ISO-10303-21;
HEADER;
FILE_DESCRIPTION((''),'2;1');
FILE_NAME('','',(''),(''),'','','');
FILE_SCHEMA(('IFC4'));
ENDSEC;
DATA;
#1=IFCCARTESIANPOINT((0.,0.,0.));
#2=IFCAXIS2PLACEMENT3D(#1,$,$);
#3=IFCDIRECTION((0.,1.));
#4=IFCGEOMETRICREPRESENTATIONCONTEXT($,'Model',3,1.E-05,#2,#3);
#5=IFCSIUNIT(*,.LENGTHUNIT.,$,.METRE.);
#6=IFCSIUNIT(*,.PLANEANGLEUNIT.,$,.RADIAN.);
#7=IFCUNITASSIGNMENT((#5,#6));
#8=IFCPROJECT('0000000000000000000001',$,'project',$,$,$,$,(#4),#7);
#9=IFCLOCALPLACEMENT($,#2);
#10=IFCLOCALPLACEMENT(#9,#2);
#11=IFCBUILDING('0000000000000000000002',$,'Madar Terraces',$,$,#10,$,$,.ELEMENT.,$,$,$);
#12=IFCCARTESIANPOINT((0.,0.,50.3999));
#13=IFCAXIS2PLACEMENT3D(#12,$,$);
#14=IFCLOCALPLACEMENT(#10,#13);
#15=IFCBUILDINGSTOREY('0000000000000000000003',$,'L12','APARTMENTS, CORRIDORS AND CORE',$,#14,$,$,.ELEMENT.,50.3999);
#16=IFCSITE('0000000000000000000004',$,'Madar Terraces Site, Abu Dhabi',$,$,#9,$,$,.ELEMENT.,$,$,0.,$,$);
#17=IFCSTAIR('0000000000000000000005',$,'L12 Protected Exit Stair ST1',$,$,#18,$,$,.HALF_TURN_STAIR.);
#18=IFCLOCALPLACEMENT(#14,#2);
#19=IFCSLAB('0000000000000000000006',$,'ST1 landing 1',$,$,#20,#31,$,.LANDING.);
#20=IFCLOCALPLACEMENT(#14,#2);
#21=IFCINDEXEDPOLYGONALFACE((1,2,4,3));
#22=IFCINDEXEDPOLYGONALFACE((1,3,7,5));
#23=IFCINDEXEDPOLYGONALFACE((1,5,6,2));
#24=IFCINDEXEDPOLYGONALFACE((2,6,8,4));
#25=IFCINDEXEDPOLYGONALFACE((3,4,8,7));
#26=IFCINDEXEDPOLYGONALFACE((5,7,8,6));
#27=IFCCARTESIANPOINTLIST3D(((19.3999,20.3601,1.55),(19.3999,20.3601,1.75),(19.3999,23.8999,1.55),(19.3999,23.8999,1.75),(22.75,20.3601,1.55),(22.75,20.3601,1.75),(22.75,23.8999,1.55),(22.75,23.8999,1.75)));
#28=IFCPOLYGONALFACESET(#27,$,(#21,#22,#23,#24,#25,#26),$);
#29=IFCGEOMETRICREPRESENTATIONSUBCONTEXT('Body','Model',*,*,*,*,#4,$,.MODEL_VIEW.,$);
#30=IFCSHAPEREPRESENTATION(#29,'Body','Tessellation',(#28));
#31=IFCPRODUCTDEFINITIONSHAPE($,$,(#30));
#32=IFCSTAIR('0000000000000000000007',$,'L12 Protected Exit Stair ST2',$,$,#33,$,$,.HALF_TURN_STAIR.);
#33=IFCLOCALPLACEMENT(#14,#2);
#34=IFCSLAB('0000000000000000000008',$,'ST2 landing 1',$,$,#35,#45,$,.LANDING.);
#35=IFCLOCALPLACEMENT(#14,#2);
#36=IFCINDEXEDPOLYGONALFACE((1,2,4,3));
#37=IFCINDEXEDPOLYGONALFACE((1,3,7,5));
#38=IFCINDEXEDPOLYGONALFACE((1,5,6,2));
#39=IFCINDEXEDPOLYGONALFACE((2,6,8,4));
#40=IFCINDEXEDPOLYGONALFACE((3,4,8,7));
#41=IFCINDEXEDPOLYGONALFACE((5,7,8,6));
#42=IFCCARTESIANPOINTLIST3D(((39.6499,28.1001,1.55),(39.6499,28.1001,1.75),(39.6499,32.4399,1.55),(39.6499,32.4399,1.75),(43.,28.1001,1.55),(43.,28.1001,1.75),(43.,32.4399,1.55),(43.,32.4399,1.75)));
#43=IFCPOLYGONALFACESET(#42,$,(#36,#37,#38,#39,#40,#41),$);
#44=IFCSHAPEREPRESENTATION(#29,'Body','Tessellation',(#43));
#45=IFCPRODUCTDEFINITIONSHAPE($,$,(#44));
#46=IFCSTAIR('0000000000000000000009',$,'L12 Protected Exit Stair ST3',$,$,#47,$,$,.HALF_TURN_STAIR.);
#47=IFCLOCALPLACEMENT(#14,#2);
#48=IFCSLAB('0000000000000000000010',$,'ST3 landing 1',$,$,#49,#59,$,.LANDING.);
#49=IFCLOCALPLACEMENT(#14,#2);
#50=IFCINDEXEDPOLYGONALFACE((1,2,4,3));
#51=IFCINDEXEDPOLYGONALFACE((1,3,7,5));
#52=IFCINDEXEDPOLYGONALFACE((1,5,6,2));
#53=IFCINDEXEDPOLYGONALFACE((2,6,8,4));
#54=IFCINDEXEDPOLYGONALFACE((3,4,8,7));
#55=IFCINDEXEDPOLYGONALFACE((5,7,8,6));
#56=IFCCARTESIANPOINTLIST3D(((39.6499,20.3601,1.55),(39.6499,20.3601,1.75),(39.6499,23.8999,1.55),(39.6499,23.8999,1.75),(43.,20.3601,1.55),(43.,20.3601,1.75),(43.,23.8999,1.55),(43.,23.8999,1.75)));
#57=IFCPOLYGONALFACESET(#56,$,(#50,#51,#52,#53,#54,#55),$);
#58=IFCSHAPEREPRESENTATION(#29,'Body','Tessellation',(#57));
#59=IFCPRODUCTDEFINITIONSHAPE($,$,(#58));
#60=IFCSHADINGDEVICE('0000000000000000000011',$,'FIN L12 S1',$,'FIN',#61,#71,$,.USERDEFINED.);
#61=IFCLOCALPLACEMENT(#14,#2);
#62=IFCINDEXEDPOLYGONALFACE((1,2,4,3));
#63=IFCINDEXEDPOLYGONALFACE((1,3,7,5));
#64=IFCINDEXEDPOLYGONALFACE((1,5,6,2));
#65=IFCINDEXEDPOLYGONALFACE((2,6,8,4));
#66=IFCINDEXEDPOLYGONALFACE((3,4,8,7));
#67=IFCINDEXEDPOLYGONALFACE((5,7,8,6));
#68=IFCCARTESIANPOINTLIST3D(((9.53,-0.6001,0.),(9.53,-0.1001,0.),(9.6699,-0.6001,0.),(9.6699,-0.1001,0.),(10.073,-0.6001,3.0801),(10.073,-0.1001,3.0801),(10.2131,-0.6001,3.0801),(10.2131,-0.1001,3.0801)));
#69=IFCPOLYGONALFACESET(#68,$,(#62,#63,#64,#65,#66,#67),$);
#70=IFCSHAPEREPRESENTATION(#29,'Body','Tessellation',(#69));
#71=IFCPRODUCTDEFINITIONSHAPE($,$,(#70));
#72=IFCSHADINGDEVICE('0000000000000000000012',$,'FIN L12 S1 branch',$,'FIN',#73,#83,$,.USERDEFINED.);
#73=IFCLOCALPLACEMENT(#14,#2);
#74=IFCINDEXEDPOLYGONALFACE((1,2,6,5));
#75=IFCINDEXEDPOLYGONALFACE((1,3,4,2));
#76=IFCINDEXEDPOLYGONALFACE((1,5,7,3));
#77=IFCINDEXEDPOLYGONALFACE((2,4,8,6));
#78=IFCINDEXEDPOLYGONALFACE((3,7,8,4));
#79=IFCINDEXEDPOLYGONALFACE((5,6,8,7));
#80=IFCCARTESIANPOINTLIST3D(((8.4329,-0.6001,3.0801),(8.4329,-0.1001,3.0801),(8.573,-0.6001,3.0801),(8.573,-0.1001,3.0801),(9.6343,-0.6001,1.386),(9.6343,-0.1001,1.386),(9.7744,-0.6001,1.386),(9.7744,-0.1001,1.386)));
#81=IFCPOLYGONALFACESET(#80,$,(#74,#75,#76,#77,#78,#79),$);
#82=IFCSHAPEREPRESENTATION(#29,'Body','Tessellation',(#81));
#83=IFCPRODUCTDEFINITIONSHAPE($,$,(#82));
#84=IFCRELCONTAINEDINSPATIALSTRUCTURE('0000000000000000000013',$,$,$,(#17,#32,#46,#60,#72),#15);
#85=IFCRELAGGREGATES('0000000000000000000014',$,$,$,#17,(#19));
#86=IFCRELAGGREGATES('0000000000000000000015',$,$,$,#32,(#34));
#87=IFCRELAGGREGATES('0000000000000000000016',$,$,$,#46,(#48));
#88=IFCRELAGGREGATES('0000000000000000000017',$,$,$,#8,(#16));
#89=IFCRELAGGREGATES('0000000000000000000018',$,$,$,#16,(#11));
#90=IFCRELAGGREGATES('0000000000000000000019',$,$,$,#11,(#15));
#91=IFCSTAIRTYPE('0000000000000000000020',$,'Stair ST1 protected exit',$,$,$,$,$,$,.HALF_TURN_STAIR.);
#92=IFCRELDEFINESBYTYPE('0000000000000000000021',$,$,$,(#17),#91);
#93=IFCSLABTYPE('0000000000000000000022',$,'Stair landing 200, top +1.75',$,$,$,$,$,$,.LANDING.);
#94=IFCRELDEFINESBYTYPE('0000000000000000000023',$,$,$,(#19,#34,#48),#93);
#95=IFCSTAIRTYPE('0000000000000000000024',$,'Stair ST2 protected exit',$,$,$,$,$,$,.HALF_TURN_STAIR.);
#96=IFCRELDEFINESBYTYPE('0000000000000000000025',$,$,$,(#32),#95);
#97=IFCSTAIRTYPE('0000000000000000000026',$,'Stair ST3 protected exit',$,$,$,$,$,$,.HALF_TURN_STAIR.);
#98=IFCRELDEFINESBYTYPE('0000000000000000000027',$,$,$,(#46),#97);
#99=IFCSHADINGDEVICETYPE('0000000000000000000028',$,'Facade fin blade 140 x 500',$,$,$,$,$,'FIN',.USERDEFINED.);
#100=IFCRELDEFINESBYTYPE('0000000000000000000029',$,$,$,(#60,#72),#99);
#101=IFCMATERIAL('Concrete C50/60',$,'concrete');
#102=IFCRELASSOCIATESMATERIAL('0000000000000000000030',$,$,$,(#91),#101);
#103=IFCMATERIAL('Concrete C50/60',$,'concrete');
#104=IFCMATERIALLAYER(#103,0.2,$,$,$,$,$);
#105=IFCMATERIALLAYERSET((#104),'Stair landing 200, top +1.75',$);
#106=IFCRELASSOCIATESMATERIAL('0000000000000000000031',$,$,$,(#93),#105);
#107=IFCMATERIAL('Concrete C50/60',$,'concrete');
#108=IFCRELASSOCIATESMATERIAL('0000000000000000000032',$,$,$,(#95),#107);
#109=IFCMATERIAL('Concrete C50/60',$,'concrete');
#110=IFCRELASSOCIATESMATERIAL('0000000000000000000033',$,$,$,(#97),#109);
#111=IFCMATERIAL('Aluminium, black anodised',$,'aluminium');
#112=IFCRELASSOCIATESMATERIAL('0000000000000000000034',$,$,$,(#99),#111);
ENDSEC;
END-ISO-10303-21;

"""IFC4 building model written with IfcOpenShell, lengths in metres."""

from ifc_helpers import new_model, si_unit, direction, frame, origin, place, context, subcontext, project, spatial, polyline, outline, extrude, material, layer, layer_set, type_object, element, aggregate, save


model = new_model("IFC4")

# Units and contexts
model_context = context("Model", 3, precision=1e-05, world=origin(), true_north=direction((0.0, 1.0)))
body_context = subcontext(model_context, "Body", "Model", "MODEL_VIEW")
ifc_project = project(units=[si_unit("LENGTHUNIT", "METRE"), si_unit("PLANEANGLEUNIT", "RADIAN")], contexts=[model_context])

# Site, building, storey
site_placement = place(None, origin())
site = spatial("IfcSite", under=ifc_project, at=site_placement, Name="Madar Terraces Site, Abu Dhabi", CompositionType="ELEMENT", RefElevation=0.0)
building_placement = place(site_placement, origin())
building = spatial("IfcBuilding", under=site, at=building_placement, Name="Madar Terraces", CompositionType="ELEMENT")
storey_placement = place(building_placement, frame((0.0, 0.0, 50.3999)))
storey = spatial("IfcBuildingStorey", under=building, at=storey_placement, Name="L12", Description="APARTMENTS, CORRIDORS AND CORE", CompositionType="ELEMENT", Elevation=50.3999)

# Stairs, slabs
ifc_material_1 = material(Name="Concrete C50/60", Category="concrete")
stair_type_1 = type_object("IfcStairType", Name="Stair ST1 protected exit", PredefinedType="HALF_TURN_STAIR", material=ifc_material_1)
stair_1_placement = place(storey_placement, origin())
stair_1 = element("IfcStair", 1, at=stair_1_placement, inside=storey, type_object=stair_type_1, Name="L12 Protected Exit Stair ST1", PredefinedType="HALF_TURN_STAIR")
ifc_material_2 = material(Name="Concrete C50/60", Category="concrete")
ifc_layer_1 = layer(ifc_material_2, 0.2)
ifc_layer_set_1 = layer_set([ifc_layer_1], Name="Stair landing 200, top +1.75")
slab_type_1 = type_object("IfcSlabType", Name="Stair landing 200, top +1.75", PredefinedType="LANDING", material=ifc_layer_set_1)
slab_1_placement = place(storey_placement, frame((0.0, 0.0, 1.55)))
slab_1 = element("IfcSlab", 2, at=slab_1_placement, type_object=slab_type_1, Name="ST1 landing 1", PredefinedType="LANDING", context=body_context, shape_type="SweptSolid", body=[
    extrude(outline(polyline([(19.3999, 20.3601), (22.75, 20.3601), (22.75, 23.8999), (19.3999, 23.8999), (19.3999, 20.3601)])), origin(), (0.0, 0.0, 1.0), 0.2),
])
aggregate(stair_1, [slab_1])
ifc_material_3 = material(Name="Concrete C50/60", Category="concrete")
stair_type_2 = type_object("IfcStairType", Name="Stair ST2 protected exit", PredefinedType="HALF_TURN_STAIR", material=ifc_material_3)
stair_2_placement = place(storey_placement, origin())
stair_2 = element("IfcStair", 3, at=stair_2_placement, inside=storey, type_object=stair_type_2, Name="L12 Protected Exit Stair ST2", PredefinedType="HALF_TURN_STAIR")
slab_2_placement = place(storey_placement, frame((0.0, 0.0, 1.55)))
slab_2 = element("IfcSlab", 4, at=slab_2_placement, type_object=slab_type_1, Name="ST2 landing 1", PredefinedType="LANDING", context=body_context, shape_type="SweptSolid", body=[
    extrude(outline(polyline([(39.6499, 28.1001), (43.0, 28.1001), (43.0, 32.4399), (39.6499, 32.4399), (39.6499, 28.1001)])), origin(), (0.0, 0.0, 1.0), 0.2),
])
aggregate(stair_2, [slab_2])
ifc_material_4 = material(Name="Concrete C50/60", Category="concrete")
stair_type_3 = type_object("IfcStairType", Name="Stair ST3 protected exit", PredefinedType="HALF_TURN_STAIR", material=ifc_material_4)
stair_3_placement = place(storey_placement, origin())
stair_3 = element("IfcStair", 5, at=stair_3_placement, inside=storey, type_object=stair_type_3, Name="L12 Protected Exit Stair ST3", PredefinedType="HALF_TURN_STAIR")
slab_3_placement = place(storey_placement, frame((0.0, 0.0, 1.55)))
slab_3 = element("IfcSlab", 6, at=slab_3_placement, type_object=slab_type_1, Name="ST3 landing 1", PredefinedType="LANDING", context=body_context, shape_type="SweptSolid", body=[
    extrude(outline(polyline([(39.6499, 20.3601), (43.0, 20.3601), (43.0, 23.8999), (39.6499, 23.8999), (39.6499, 20.3601)])), origin(), (0.0, 0.0, 1.0), 0.2),
])
aggregate(stair_3, [slab_3])

# Shading devices
ifc_material_5 = material(Name="Aluminium, black anodised", Category="aluminium")
shading_device_type = type_object("IfcShadingDeviceType", Name="Facade fin blade 140 x 500", ElementType="FIN", PredefinedType="USERDEFINED", material=ifc_material_5)
shading_device_1_placement = place(storey_placement, frame((9.53, -0.3501, 0.0), z_axis=(0.0, 0.0, 1.0), x_axis=(1.0, 0.0, 0.0)))
element("IfcShadingDevice", 7, at=shading_device_1_placement, inside=storey, type_object=shading_device_type, Name="FIN L12 S1", ObjectType="FIN", PredefinedType="USERDEFINED", context=body_context, shape_type="SweptSolid", body=[
    extrude(outline(polyline([(0.0, 0.0), (0.1399, 0.0), (0.6831, 3.0801), (0.543, 3.0801), (0.0, 0.0)])), frame((0.0, 0.25, 0.0), z_axis=(0.0, -1.0, 0.0), x_axis=(1.0, 0.0, 0.0)), (0.0, 0.0, 1.0), 0.5),
])
shading_device_2_placement = place(storey_placement, frame((9.6343, -0.3501, 1.386), z_axis=(0.0, 0.0, 1.0), x_axis=(1.0, 0.0, 0.0)))
element("IfcShadingDevice", 8, at=shading_device_2_placement, inside=storey, type_object=shading_device_type, Name="FIN L12 S1 branch", ObjectType="FIN", PredefinedType="USERDEFINED", context=body_context, shape_type="SweptSolid", body=[
    extrude(outline(polyline([(0.0, 0.0), (0.1401, 0.0), (-1.0613, 1.6941), (-1.2014, 1.6941), (0.0, 0.0)])), frame((0.0, 0.25, 0.0), z_axis=(0.0, -1.0, 0.0), x_axis=(1.0, 0.0, 0.0)), (0.0, 0.0, 1.0), 0.5),
])

save(model, "model.ifc")
